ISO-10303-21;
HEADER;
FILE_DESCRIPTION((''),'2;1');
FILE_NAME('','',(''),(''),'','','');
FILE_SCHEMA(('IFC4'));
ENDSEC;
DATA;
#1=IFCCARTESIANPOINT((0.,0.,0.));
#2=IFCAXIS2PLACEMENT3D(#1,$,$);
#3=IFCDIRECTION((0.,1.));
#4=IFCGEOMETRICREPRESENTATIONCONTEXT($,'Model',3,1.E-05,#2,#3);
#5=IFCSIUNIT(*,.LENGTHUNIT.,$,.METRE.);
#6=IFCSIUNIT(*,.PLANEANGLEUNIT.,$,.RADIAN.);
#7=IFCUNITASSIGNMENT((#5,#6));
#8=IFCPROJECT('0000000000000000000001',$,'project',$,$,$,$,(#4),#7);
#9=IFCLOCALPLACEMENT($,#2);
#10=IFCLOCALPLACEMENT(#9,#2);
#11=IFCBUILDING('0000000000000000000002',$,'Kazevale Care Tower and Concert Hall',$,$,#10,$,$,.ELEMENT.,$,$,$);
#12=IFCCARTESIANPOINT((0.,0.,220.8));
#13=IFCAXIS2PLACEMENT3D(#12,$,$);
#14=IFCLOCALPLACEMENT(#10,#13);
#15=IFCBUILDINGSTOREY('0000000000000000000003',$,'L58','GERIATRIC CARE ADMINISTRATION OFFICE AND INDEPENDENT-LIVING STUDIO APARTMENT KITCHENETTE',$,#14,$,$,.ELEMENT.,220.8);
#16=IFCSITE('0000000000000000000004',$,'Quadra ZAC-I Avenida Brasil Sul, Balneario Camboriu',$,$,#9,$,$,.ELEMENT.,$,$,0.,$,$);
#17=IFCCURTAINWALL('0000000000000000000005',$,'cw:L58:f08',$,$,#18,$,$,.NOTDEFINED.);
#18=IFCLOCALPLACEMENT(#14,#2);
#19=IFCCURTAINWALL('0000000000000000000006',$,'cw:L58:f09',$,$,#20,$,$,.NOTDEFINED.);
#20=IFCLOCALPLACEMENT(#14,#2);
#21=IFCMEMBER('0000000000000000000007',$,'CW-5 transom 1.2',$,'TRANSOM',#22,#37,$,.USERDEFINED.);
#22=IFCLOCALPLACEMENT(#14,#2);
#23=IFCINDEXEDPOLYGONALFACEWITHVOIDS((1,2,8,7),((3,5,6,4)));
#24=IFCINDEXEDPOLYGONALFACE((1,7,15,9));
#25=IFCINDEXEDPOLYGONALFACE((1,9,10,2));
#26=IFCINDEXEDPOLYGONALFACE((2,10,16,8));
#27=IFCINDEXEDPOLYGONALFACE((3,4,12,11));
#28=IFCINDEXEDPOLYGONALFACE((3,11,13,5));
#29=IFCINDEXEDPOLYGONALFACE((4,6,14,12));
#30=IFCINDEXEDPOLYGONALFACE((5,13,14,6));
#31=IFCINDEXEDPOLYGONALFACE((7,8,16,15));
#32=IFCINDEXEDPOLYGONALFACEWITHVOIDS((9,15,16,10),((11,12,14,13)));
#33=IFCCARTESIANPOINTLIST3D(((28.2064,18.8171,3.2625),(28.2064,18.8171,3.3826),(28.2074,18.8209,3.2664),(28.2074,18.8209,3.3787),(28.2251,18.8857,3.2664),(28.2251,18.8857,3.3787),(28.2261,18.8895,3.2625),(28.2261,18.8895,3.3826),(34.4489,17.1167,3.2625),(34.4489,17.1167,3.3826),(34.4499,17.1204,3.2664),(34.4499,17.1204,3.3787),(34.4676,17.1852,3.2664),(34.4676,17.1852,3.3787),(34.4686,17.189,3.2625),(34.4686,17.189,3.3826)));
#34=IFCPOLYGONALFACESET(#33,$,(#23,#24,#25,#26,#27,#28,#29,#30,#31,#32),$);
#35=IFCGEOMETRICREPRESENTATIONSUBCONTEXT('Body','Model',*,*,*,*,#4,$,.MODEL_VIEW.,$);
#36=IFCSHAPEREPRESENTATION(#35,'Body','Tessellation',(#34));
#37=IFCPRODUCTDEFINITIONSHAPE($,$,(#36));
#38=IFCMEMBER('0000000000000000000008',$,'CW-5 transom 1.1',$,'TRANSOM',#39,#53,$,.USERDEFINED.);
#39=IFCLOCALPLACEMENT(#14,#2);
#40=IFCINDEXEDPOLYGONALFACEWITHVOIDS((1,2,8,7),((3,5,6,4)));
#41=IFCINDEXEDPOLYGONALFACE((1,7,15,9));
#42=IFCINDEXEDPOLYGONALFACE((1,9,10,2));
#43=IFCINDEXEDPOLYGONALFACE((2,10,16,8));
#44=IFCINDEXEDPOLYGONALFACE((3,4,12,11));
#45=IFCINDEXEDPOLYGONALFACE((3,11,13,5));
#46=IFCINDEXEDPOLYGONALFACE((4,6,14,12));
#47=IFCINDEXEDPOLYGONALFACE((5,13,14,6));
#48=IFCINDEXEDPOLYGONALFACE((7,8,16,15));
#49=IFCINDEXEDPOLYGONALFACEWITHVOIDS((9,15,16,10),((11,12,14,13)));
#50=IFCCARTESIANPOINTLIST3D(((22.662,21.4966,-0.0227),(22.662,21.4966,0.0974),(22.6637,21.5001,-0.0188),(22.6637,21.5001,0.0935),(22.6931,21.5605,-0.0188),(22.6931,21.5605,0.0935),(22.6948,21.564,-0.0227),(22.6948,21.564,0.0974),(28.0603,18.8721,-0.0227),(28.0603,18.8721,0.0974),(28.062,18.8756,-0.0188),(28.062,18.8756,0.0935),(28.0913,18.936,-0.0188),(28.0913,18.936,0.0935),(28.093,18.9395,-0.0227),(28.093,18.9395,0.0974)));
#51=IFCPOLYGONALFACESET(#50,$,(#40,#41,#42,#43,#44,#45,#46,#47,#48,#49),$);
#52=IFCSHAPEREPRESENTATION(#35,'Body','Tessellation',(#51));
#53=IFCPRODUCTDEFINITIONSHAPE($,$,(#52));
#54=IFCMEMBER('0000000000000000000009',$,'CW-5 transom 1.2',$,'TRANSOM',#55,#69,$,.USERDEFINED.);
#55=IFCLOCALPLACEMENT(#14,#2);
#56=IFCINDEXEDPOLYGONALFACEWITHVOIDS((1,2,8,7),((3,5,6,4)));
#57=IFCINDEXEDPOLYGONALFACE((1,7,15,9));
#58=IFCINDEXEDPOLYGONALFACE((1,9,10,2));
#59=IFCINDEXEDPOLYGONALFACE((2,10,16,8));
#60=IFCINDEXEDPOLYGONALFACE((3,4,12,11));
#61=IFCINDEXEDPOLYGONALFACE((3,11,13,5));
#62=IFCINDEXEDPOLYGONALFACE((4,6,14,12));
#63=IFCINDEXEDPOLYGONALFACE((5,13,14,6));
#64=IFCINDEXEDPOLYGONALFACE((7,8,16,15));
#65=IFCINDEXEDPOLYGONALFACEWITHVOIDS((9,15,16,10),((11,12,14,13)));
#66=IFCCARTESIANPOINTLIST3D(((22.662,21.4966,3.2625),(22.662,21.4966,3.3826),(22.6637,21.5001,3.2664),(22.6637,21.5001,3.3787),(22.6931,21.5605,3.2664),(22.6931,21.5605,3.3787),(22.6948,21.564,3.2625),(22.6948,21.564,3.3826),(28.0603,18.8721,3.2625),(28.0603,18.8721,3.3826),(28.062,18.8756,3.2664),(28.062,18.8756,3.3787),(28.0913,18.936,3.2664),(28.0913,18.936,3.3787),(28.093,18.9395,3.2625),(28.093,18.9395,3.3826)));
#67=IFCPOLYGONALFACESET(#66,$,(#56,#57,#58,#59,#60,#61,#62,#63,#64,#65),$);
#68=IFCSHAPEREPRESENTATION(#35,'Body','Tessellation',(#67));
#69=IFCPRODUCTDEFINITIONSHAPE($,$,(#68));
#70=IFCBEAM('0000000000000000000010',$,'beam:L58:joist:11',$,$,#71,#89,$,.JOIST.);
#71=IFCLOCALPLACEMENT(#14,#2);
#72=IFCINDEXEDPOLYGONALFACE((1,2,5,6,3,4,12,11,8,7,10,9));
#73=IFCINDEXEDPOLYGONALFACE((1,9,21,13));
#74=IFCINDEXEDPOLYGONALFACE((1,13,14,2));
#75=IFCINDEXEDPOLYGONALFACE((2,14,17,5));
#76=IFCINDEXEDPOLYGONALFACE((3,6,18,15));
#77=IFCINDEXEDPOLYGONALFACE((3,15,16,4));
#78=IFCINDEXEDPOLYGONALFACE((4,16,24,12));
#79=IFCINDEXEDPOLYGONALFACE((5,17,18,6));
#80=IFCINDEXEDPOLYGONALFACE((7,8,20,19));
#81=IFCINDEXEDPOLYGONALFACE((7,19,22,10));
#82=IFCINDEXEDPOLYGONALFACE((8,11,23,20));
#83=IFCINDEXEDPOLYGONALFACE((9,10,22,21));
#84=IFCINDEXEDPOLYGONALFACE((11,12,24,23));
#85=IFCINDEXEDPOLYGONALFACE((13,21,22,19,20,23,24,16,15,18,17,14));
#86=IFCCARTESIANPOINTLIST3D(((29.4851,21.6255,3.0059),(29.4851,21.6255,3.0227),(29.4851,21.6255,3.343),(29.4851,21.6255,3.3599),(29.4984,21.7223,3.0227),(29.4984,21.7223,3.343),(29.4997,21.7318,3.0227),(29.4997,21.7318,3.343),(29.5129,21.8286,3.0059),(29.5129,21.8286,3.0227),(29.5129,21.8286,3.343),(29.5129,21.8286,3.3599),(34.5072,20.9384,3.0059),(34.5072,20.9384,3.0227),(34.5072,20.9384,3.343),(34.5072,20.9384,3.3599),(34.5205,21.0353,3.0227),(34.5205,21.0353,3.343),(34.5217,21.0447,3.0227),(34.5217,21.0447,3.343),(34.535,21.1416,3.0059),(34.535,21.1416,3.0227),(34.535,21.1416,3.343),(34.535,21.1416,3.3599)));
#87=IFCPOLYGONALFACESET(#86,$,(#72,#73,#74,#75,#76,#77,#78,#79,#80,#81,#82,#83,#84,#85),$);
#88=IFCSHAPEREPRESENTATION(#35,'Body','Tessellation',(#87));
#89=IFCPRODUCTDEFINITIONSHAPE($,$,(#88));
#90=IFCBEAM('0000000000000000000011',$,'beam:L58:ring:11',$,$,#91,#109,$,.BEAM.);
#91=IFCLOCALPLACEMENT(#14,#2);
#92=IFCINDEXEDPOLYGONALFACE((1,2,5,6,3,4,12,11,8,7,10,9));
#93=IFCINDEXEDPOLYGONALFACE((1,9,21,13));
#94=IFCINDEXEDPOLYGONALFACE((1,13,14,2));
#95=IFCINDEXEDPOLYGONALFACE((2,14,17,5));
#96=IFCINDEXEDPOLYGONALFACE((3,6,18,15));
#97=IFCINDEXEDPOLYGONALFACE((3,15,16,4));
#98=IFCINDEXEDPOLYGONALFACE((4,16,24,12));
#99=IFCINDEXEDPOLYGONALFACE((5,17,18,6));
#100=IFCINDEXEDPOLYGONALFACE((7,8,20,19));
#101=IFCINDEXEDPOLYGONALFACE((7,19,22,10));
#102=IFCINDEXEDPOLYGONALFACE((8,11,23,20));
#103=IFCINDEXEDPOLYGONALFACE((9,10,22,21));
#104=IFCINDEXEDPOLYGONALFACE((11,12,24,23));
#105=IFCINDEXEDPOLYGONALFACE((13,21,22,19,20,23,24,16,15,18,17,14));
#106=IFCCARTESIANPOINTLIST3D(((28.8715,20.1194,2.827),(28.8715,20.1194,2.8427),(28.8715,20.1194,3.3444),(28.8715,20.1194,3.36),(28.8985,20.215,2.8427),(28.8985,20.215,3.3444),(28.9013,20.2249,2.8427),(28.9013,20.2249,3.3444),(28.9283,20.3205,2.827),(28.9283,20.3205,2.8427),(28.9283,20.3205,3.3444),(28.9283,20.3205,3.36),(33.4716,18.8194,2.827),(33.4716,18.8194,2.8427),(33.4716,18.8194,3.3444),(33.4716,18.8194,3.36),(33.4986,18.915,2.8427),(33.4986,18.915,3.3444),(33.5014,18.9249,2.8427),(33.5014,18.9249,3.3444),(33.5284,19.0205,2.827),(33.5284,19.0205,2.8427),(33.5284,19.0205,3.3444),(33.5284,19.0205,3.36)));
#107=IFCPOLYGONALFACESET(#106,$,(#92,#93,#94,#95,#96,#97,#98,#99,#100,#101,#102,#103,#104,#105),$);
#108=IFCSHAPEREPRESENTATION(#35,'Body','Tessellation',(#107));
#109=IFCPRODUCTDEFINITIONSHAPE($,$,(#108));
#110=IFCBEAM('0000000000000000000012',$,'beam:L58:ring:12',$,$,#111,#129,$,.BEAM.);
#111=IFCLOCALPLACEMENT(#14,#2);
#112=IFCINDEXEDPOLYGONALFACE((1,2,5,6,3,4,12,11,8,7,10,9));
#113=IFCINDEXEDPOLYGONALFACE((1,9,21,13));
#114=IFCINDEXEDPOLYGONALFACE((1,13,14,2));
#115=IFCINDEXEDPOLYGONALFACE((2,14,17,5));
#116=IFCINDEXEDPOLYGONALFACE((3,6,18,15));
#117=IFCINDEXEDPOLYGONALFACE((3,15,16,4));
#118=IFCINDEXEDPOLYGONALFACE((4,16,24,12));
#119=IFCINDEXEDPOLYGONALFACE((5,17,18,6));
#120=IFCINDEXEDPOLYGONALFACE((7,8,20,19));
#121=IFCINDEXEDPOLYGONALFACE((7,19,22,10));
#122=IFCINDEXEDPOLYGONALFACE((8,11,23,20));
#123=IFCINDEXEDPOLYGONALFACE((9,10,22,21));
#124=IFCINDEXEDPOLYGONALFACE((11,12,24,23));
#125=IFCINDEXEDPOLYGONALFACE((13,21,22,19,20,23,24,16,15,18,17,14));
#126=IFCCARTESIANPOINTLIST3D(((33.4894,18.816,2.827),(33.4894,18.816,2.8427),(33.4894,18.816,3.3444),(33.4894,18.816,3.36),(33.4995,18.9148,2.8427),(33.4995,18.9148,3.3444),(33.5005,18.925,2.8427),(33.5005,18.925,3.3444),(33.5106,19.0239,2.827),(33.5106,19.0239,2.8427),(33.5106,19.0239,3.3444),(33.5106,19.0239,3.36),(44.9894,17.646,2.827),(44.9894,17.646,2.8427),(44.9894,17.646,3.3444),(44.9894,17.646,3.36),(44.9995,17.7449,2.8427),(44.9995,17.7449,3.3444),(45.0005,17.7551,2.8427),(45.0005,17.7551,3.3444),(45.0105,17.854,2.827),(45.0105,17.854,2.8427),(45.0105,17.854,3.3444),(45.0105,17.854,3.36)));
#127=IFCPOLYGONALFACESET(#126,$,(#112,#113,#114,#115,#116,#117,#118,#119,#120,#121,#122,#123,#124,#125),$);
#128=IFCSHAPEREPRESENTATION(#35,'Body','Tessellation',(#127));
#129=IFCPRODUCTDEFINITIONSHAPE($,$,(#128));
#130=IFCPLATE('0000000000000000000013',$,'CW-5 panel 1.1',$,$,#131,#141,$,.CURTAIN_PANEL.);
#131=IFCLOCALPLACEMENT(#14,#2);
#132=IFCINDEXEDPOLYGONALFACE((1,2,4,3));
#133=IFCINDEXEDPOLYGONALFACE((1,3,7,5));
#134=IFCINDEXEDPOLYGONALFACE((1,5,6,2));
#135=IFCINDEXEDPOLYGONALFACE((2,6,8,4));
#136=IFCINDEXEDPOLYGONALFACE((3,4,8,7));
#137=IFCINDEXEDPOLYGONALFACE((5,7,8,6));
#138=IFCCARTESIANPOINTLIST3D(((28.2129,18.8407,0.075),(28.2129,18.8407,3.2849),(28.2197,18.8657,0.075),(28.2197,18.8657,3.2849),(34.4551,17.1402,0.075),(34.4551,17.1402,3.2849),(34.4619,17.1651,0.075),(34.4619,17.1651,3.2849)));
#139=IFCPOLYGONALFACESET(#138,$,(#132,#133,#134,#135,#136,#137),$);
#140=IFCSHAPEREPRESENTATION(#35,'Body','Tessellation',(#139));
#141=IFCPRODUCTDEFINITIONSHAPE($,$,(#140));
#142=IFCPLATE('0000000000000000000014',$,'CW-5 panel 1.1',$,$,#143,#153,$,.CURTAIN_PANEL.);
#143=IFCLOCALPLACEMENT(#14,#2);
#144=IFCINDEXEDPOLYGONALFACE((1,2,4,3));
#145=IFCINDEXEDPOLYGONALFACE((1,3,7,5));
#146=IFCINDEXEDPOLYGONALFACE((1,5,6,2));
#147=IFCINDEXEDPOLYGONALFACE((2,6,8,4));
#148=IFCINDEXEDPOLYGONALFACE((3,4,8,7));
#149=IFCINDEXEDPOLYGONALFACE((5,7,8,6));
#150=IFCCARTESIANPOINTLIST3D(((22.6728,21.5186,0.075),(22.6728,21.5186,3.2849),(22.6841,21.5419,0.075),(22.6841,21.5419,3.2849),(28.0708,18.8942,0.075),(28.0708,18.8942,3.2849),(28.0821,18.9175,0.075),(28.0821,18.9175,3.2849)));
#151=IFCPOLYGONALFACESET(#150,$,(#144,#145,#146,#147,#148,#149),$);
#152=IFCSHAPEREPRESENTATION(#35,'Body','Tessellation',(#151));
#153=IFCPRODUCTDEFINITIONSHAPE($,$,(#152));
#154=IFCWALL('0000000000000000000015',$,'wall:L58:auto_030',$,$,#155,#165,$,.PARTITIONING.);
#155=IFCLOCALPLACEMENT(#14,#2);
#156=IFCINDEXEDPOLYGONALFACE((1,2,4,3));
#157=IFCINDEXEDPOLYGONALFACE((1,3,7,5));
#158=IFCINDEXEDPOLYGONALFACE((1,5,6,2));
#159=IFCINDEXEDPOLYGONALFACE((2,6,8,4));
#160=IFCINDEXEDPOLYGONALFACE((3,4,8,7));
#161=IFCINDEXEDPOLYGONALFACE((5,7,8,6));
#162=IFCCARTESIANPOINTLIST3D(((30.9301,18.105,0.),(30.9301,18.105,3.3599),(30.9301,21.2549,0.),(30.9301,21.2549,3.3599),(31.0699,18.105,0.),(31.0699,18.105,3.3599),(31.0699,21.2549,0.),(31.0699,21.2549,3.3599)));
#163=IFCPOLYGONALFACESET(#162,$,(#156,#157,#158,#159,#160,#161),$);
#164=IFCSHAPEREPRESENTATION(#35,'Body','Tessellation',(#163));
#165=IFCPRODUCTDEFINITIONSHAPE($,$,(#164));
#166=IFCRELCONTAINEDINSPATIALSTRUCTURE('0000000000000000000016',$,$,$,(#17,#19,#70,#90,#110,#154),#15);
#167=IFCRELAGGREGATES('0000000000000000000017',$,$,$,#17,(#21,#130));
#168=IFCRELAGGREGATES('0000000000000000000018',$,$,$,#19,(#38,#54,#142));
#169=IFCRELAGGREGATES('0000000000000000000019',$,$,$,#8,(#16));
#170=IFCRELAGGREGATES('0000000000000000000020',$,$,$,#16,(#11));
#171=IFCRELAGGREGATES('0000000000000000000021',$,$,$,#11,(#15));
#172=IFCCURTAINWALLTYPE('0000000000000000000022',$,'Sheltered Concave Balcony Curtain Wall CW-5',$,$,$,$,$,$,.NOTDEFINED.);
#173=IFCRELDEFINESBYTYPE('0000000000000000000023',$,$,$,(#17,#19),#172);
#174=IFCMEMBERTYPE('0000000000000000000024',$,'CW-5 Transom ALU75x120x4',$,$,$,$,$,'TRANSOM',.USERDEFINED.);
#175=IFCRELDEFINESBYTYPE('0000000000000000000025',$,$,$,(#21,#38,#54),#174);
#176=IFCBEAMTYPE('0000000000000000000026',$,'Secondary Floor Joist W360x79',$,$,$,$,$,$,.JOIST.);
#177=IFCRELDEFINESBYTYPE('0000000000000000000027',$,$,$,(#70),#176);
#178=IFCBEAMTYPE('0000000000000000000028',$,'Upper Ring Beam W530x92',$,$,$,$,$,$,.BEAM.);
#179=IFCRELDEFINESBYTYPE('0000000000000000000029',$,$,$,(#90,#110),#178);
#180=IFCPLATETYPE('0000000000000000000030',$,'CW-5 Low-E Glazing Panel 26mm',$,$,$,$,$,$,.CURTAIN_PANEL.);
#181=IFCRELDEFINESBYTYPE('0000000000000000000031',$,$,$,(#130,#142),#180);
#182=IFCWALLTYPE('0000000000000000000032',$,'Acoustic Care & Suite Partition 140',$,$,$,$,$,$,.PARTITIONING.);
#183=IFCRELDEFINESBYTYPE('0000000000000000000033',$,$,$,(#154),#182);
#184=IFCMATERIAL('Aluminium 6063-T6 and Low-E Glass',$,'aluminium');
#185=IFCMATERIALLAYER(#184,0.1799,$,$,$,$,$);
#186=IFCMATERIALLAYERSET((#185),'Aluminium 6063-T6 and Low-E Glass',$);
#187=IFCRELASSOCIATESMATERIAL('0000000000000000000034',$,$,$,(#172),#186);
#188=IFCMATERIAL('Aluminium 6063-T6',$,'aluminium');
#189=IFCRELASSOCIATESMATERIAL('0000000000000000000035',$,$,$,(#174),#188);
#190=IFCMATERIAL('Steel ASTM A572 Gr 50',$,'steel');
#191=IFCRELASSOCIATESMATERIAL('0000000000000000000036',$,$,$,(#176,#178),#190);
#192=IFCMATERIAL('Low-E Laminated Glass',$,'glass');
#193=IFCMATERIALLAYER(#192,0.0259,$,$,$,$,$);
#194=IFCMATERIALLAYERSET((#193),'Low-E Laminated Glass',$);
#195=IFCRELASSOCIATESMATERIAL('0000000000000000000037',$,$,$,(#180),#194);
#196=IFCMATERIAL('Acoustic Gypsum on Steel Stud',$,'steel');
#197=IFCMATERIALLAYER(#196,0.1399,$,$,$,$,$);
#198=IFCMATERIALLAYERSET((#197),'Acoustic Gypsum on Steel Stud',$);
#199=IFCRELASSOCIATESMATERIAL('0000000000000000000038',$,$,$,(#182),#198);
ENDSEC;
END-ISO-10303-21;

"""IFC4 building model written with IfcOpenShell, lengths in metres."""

from ifc_helpers import new_model, si_unit, direction, frame, frame_2d, origin, origin_2d, place, context, subcontext, project, spatial, rectangle, hollow_rectangle, i_section, extrude, material, layer, layer_set, material_profile, profile_set, type_object, element, aggregate, save


model = new_model("IFC4")

# Units and contexts
model_context = context("Model", 3, precision=1e-05, world=origin(), true_north=direction((0.0, 1.0)))
body_context = subcontext(model_context, "Body", "Model", "MODEL_VIEW")
ifc_project = project(units=[si_unit("LENGTHUNIT", "METRE"), si_unit("PLANEANGLEUNIT", "RADIAN")], contexts=[model_context])

# Site, building, storey
site_placement = place(None, origin())
site = spatial("IfcSite", under=ifc_project, at=site_placement, Name="Quadra ZAC-I Avenida Brasil Sul, Balneario Camboriu", CompositionType="ELEMENT", RefElevation=0.0)
building_placement = place(site_placement, origin())
building = spatial("IfcBuilding", under=site, at=building_placement, Name="Kazevale Care Tower and Concert Hall", CompositionType="ELEMENT")
storey_placement = place(building_placement, frame((0.0, 0.0, 220.8)))
storey = spatial("IfcBuildingStorey", under=building, at=storey_placement, Name="L58", Description="GERIATRIC CARE ADMINISTRATION OFFICE AND INDEPENDENT-LIVING STUDIO APARTMENT KITCHENETTE", CompositionType="ELEMENT", Elevation=220.8)

# Curtain wall
ifc_material_1 = material(Name="Aluminium 6063-T6 and Low-E Glass", Category="aluminium")
ifc_layer_1 = layer(ifc_material_1, 0.1799)
ifc_layer_set_1 = layer_set([ifc_layer_1], Name="Aluminium 6063-T6 and Low-E Glass")
curtain_wall_type = type_object("IfcCurtainWallType", Name="Sheltered Concave Balcony Curtain Wall CW-5", PredefinedType="NOTDEFINED", material=ifc_layer_set_1)
curtain_wall_1_placement = place(storey_placement, origin())
curtain_wall_1 = element("IfcCurtainWall", 1, at=curtain_wall_1_placement, inside=storey, type_object=curtain_wall_type, Name="cw:L58:f08", PredefinedType="NOTDEFINED")
ifc_material_2 = material(Name="Aluminium 6063-T6", Category="aluminium")

# Curtain wall
curtain_wall_2_placement = place(storey_placement, origin())
curtain_wall_2 = element("IfcCurtainWall", 2, at=curtain_wall_2_placement, inside=storey, type_object=curtain_wall_type, Name="cw:L58:f09", PredefinedType="NOTDEFINED")

# Members
ifc_material_profile_1 = material_profile(ifc_material_2, hollow_rectangle(XDim=0.075, YDim=0.1201, WallThickness=0.0039, at=origin_2d()), Name="ALU75x120x4")
ifc_profile_set_1 = profile_set([ifc_material_profile_1], Name="Aluminium 6063-T6")
member_type_1 = type_object("IfcMemberType", Name="CW-5 Transom ALU75x120x4", ElementType="TRANSOM", PredefinedType="USERDEFINED", material=ifc_profile_set_1)
member_1_placement = place(storey_placement, frame((34.4587, 17.1528, 3.3225), z_axis=(-0.964844, 0.262824, 0.0), x_axis=(-0.262824, -0.964844, 0.0)))
member_1 = element("IfcMember", 3, at=member_1_placement, type_object=member_type_1, Name="CW-5 transom 1.2", ObjectType="TRANSOM", PredefinedType="USERDEFINED", context=body_context, shape_type="SweptSolid", body=[
    extrude(hollow_rectangle(XDim=0.075, YDim=0.1201, WallThickness=0.0039, at=origin_2d()), origin(), (0.0, 0.0, 1.0), 6.47),
])
member_2_placement = place(storey_placement, frame((28.0767, 18.9058, 0.0374), z_axis=(-0.899342, 0.437245, 0.0), x_axis=(-0.437245, -0.899342, 0.0)))
member_2 = element("IfcMember", 4, at=member_2_placement, type_object=member_type_1, Name="CW-5 transom 1.1", ObjectType="TRANSOM", PredefinedType="USERDEFINED", context=body_context, shape_type="SweptSolid", body=[
    extrude(hollow_rectangle(XDim=0.075, YDim=0.1201, WallThickness=0.0039, at=origin_2d()), origin(), (0.0, 0.0, 1.0), 6.0024),
])
member_3_placement = place(storey_placement, frame((28.0767, 18.9058, 3.3225), z_axis=(-0.899342, 0.437245, 0.0), x_axis=(-0.437245, -0.899342, 0.0)))
member_3 = element("IfcMember", 5, at=member_3_placement, type_object=member_type_1, Name="CW-5 transom 1.2", ObjectType="TRANSOM", PredefinedType="USERDEFINED", context=body_context, shape_type="SweptSolid", body=[
    extrude(hollow_rectangle(XDim=0.075, YDim=0.1201, WallThickness=0.0039, at=origin_2d()), origin(), (0.0, 0.0, 1.0), 6.0024),
])

# Beams
ifc_material_3 = material(Name="Steel ASTM A572 Gr 50", Category="steel")
ifc_material_profile_2 = material_profile(ifc_material_3, i_section(OverallWidth=0.2051, OverallDepth=0.354, WebThickness=0.0095, FlangeThickness=0.0168, at=origin_2d()), Name="W360x79")
ifc_profile_set_2 = profile_set([ifc_material_profile_2], Name="Steel ASTM A572 Gr 50")
beam_type_1 = type_object("IfcBeamType", Name="Secondary Floor Joist W360x79", PredefinedType="JOIST", material=ifc_profile_set_2)
beam_1_placement = place(storey_placement, frame((29.499, 21.7271, 3.1829), z_axis=(0.990772, -0.135539, 0.0), x_axis=(0.135539, 0.990772, 0.0)))
element("IfcBeam", 6, at=beam_1_placement, inside=storey, type_object=beam_type_1, Name="beam:L58:joist:11", PredefinedType="JOIST", context=body_context, shape_type="SweptSolid", body=[
    extrude(i_section(OverallWidth=0.2051, OverallDepth=0.354, WebThickness=0.0095, FlangeThickness=0.0168, at=origin_2d()), origin(), (0.0, 0.0, 1.0), 5.0688),
])
ifc_material_profile_3 = material_profile(ifc_material_3, i_section(OverallWidth=0.209, OverallDepth=0.533, WebThickness=0.0103, FlangeThickness=0.0156, at=origin_2d()), Name="W530x92")
ifc_profile_set_3 = profile_set([ifc_material_profile_3], Name="Steel ASTM A572 Gr 50")
beam_type_2 = type_object("IfcBeamType", Name="Upper Ring Beam W530x92", PredefinedType="BEAM", material=ifc_profile_set_3)
beam_2_placement = place(storey_placement, frame((28.8999, 20.22, 3.0935), z_axis=(0.962308, -0.271961, 0.0), x_axis=(0.271961, 0.962308, 0.0)))
element("IfcBeam", 7, at=beam_2_placement, inside=storey, type_object=beam_type_2, Name="beam:L58:ring:11", PredefinedType="BEAM", context=body_context, shape_type="SweptSolid", body=[
    extrude(i_section(OverallWidth=0.209, OverallDepth=0.533, WebThickness=0.0103, FlangeThickness=0.0156, at=origin_2d()), origin(), (0.0, 0.0, 1.0), 4.7803),
])
beam_3_placement = place(storey_placement, frame((33.5, 18.9199, 3.0935), z_axis=(0.994865, -0.10121, 0.0), x_axis=(0.10121, 0.994865, 0.0)))
element("IfcBeam", 8, at=beam_3_placement, inside=storey, type_object=beam_type_2, Name="beam:L58:ring:12", PredefinedType="BEAM", context=body_context, shape_type="SweptSolid", body=[
    extrude(i_section(OverallWidth=0.209, OverallDepth=0.533, WebThickness=0.0103, FlangeThickness=0.0156, at=origin_2d()), origin(), (0.0, 0.0, 1.0), 11.5593),
])

# Plates
ifc_material_4 = material(Name="Low-E Laminated Glass", Category="glass")
ifc_layer_2 = layer(ifc_material_4, 0.0259)
ifc_layer_set_2 = layer_set([ifc_layer_2], Name="Low-E Laminated Glass")
plate_type = type_object("IfcPlateType", Name="CW-5 Low-E Glazing Panel 26mm", PredefinedType="CURTAIN_PANEL", material=ifc_layer_set_2)
plate_1_placement = place(storey_placement, frame((31.3374, 18.0029, 0.075), z_axis=(0.0, 0.0, 1.0), x_axis=(-0.964837, 0.262849, 0.0)))
plate_1 = element("IfcPlate", 9, at=plate_1_placement, type_object=plate_type, Name="CW-5 panel 1.1", PredefinedType="CURTAIN_PANEL", context=body_context, shape_type="SweptSolid", body=[
    extrude(rectangle(XDim=6.4697, YDim=0.0259, at=origin_2d()), origin(), (0.0, 0.0, 1.0), 3.21),
])
aggregate(curtain_wall_1, [member_1, plate_1])
plate_2_placement = place(storey_placement, frame((25.3774, 20.218, 0.075), z_axis=(0.0, 0.0, 1.0), x_axis=(-0.899346, 0.437238, 0.0)))
plate_2 = element("IfcPlate", 10, at=plate_2_placement, type_object=plate_type, Name="CW-5 panel 1.1", PredefinedType="CURTAIN_PANEL", context=body_context, shape_type="SweptSolid", body=[
    extrude(rectangle(XDim=6.0022, YDim=0.0259, at=origin_2d()), origin(), (0.0, 0.0, 1.0), 3.21),
])
aggregate(curtain_wall_2, [member_2, member_3, plate_2])

# Wall
ifc_material_5 = material(Name="Acoustic Gypsum on Steel Stud", Category="steel")
ifc_layer_3 = layer(ifc_material_5, 0.1399)
ifc_layer_set_3 = layer_set([ifc_layer_3], Name="Acoustic Gypsum on Steel Stud")
wall_type_1 = type_object("IfcWallType", Name="Acoustic Care & Suite Partition 140", PredefinedType="PARTITIONING", material=ifc_layer_set_3)
wall_1_placement = place(storey_placement, frame((31.0, 21.2549, 0.0), z_axis=(0.0, 0.0, 1.0), x_axis=(0.0, -1.0, 0.0)))
element("IfcWall", 11, at=wall_1_placement, inside=storey, type_object=wall_type_1, Name="wall:L58:auto_030", PredefinedType="PARTITIONING", context=body_context, shape_type="SweptSolid", body=[
    extrude(rectangle(XDim=3.1499, YDim=0.1399, at=frame_2d((1.575, 0.0))), origin(), (0.0, 0.0, 1.0), 3.3599),
])

save(model, "model.ifc")
